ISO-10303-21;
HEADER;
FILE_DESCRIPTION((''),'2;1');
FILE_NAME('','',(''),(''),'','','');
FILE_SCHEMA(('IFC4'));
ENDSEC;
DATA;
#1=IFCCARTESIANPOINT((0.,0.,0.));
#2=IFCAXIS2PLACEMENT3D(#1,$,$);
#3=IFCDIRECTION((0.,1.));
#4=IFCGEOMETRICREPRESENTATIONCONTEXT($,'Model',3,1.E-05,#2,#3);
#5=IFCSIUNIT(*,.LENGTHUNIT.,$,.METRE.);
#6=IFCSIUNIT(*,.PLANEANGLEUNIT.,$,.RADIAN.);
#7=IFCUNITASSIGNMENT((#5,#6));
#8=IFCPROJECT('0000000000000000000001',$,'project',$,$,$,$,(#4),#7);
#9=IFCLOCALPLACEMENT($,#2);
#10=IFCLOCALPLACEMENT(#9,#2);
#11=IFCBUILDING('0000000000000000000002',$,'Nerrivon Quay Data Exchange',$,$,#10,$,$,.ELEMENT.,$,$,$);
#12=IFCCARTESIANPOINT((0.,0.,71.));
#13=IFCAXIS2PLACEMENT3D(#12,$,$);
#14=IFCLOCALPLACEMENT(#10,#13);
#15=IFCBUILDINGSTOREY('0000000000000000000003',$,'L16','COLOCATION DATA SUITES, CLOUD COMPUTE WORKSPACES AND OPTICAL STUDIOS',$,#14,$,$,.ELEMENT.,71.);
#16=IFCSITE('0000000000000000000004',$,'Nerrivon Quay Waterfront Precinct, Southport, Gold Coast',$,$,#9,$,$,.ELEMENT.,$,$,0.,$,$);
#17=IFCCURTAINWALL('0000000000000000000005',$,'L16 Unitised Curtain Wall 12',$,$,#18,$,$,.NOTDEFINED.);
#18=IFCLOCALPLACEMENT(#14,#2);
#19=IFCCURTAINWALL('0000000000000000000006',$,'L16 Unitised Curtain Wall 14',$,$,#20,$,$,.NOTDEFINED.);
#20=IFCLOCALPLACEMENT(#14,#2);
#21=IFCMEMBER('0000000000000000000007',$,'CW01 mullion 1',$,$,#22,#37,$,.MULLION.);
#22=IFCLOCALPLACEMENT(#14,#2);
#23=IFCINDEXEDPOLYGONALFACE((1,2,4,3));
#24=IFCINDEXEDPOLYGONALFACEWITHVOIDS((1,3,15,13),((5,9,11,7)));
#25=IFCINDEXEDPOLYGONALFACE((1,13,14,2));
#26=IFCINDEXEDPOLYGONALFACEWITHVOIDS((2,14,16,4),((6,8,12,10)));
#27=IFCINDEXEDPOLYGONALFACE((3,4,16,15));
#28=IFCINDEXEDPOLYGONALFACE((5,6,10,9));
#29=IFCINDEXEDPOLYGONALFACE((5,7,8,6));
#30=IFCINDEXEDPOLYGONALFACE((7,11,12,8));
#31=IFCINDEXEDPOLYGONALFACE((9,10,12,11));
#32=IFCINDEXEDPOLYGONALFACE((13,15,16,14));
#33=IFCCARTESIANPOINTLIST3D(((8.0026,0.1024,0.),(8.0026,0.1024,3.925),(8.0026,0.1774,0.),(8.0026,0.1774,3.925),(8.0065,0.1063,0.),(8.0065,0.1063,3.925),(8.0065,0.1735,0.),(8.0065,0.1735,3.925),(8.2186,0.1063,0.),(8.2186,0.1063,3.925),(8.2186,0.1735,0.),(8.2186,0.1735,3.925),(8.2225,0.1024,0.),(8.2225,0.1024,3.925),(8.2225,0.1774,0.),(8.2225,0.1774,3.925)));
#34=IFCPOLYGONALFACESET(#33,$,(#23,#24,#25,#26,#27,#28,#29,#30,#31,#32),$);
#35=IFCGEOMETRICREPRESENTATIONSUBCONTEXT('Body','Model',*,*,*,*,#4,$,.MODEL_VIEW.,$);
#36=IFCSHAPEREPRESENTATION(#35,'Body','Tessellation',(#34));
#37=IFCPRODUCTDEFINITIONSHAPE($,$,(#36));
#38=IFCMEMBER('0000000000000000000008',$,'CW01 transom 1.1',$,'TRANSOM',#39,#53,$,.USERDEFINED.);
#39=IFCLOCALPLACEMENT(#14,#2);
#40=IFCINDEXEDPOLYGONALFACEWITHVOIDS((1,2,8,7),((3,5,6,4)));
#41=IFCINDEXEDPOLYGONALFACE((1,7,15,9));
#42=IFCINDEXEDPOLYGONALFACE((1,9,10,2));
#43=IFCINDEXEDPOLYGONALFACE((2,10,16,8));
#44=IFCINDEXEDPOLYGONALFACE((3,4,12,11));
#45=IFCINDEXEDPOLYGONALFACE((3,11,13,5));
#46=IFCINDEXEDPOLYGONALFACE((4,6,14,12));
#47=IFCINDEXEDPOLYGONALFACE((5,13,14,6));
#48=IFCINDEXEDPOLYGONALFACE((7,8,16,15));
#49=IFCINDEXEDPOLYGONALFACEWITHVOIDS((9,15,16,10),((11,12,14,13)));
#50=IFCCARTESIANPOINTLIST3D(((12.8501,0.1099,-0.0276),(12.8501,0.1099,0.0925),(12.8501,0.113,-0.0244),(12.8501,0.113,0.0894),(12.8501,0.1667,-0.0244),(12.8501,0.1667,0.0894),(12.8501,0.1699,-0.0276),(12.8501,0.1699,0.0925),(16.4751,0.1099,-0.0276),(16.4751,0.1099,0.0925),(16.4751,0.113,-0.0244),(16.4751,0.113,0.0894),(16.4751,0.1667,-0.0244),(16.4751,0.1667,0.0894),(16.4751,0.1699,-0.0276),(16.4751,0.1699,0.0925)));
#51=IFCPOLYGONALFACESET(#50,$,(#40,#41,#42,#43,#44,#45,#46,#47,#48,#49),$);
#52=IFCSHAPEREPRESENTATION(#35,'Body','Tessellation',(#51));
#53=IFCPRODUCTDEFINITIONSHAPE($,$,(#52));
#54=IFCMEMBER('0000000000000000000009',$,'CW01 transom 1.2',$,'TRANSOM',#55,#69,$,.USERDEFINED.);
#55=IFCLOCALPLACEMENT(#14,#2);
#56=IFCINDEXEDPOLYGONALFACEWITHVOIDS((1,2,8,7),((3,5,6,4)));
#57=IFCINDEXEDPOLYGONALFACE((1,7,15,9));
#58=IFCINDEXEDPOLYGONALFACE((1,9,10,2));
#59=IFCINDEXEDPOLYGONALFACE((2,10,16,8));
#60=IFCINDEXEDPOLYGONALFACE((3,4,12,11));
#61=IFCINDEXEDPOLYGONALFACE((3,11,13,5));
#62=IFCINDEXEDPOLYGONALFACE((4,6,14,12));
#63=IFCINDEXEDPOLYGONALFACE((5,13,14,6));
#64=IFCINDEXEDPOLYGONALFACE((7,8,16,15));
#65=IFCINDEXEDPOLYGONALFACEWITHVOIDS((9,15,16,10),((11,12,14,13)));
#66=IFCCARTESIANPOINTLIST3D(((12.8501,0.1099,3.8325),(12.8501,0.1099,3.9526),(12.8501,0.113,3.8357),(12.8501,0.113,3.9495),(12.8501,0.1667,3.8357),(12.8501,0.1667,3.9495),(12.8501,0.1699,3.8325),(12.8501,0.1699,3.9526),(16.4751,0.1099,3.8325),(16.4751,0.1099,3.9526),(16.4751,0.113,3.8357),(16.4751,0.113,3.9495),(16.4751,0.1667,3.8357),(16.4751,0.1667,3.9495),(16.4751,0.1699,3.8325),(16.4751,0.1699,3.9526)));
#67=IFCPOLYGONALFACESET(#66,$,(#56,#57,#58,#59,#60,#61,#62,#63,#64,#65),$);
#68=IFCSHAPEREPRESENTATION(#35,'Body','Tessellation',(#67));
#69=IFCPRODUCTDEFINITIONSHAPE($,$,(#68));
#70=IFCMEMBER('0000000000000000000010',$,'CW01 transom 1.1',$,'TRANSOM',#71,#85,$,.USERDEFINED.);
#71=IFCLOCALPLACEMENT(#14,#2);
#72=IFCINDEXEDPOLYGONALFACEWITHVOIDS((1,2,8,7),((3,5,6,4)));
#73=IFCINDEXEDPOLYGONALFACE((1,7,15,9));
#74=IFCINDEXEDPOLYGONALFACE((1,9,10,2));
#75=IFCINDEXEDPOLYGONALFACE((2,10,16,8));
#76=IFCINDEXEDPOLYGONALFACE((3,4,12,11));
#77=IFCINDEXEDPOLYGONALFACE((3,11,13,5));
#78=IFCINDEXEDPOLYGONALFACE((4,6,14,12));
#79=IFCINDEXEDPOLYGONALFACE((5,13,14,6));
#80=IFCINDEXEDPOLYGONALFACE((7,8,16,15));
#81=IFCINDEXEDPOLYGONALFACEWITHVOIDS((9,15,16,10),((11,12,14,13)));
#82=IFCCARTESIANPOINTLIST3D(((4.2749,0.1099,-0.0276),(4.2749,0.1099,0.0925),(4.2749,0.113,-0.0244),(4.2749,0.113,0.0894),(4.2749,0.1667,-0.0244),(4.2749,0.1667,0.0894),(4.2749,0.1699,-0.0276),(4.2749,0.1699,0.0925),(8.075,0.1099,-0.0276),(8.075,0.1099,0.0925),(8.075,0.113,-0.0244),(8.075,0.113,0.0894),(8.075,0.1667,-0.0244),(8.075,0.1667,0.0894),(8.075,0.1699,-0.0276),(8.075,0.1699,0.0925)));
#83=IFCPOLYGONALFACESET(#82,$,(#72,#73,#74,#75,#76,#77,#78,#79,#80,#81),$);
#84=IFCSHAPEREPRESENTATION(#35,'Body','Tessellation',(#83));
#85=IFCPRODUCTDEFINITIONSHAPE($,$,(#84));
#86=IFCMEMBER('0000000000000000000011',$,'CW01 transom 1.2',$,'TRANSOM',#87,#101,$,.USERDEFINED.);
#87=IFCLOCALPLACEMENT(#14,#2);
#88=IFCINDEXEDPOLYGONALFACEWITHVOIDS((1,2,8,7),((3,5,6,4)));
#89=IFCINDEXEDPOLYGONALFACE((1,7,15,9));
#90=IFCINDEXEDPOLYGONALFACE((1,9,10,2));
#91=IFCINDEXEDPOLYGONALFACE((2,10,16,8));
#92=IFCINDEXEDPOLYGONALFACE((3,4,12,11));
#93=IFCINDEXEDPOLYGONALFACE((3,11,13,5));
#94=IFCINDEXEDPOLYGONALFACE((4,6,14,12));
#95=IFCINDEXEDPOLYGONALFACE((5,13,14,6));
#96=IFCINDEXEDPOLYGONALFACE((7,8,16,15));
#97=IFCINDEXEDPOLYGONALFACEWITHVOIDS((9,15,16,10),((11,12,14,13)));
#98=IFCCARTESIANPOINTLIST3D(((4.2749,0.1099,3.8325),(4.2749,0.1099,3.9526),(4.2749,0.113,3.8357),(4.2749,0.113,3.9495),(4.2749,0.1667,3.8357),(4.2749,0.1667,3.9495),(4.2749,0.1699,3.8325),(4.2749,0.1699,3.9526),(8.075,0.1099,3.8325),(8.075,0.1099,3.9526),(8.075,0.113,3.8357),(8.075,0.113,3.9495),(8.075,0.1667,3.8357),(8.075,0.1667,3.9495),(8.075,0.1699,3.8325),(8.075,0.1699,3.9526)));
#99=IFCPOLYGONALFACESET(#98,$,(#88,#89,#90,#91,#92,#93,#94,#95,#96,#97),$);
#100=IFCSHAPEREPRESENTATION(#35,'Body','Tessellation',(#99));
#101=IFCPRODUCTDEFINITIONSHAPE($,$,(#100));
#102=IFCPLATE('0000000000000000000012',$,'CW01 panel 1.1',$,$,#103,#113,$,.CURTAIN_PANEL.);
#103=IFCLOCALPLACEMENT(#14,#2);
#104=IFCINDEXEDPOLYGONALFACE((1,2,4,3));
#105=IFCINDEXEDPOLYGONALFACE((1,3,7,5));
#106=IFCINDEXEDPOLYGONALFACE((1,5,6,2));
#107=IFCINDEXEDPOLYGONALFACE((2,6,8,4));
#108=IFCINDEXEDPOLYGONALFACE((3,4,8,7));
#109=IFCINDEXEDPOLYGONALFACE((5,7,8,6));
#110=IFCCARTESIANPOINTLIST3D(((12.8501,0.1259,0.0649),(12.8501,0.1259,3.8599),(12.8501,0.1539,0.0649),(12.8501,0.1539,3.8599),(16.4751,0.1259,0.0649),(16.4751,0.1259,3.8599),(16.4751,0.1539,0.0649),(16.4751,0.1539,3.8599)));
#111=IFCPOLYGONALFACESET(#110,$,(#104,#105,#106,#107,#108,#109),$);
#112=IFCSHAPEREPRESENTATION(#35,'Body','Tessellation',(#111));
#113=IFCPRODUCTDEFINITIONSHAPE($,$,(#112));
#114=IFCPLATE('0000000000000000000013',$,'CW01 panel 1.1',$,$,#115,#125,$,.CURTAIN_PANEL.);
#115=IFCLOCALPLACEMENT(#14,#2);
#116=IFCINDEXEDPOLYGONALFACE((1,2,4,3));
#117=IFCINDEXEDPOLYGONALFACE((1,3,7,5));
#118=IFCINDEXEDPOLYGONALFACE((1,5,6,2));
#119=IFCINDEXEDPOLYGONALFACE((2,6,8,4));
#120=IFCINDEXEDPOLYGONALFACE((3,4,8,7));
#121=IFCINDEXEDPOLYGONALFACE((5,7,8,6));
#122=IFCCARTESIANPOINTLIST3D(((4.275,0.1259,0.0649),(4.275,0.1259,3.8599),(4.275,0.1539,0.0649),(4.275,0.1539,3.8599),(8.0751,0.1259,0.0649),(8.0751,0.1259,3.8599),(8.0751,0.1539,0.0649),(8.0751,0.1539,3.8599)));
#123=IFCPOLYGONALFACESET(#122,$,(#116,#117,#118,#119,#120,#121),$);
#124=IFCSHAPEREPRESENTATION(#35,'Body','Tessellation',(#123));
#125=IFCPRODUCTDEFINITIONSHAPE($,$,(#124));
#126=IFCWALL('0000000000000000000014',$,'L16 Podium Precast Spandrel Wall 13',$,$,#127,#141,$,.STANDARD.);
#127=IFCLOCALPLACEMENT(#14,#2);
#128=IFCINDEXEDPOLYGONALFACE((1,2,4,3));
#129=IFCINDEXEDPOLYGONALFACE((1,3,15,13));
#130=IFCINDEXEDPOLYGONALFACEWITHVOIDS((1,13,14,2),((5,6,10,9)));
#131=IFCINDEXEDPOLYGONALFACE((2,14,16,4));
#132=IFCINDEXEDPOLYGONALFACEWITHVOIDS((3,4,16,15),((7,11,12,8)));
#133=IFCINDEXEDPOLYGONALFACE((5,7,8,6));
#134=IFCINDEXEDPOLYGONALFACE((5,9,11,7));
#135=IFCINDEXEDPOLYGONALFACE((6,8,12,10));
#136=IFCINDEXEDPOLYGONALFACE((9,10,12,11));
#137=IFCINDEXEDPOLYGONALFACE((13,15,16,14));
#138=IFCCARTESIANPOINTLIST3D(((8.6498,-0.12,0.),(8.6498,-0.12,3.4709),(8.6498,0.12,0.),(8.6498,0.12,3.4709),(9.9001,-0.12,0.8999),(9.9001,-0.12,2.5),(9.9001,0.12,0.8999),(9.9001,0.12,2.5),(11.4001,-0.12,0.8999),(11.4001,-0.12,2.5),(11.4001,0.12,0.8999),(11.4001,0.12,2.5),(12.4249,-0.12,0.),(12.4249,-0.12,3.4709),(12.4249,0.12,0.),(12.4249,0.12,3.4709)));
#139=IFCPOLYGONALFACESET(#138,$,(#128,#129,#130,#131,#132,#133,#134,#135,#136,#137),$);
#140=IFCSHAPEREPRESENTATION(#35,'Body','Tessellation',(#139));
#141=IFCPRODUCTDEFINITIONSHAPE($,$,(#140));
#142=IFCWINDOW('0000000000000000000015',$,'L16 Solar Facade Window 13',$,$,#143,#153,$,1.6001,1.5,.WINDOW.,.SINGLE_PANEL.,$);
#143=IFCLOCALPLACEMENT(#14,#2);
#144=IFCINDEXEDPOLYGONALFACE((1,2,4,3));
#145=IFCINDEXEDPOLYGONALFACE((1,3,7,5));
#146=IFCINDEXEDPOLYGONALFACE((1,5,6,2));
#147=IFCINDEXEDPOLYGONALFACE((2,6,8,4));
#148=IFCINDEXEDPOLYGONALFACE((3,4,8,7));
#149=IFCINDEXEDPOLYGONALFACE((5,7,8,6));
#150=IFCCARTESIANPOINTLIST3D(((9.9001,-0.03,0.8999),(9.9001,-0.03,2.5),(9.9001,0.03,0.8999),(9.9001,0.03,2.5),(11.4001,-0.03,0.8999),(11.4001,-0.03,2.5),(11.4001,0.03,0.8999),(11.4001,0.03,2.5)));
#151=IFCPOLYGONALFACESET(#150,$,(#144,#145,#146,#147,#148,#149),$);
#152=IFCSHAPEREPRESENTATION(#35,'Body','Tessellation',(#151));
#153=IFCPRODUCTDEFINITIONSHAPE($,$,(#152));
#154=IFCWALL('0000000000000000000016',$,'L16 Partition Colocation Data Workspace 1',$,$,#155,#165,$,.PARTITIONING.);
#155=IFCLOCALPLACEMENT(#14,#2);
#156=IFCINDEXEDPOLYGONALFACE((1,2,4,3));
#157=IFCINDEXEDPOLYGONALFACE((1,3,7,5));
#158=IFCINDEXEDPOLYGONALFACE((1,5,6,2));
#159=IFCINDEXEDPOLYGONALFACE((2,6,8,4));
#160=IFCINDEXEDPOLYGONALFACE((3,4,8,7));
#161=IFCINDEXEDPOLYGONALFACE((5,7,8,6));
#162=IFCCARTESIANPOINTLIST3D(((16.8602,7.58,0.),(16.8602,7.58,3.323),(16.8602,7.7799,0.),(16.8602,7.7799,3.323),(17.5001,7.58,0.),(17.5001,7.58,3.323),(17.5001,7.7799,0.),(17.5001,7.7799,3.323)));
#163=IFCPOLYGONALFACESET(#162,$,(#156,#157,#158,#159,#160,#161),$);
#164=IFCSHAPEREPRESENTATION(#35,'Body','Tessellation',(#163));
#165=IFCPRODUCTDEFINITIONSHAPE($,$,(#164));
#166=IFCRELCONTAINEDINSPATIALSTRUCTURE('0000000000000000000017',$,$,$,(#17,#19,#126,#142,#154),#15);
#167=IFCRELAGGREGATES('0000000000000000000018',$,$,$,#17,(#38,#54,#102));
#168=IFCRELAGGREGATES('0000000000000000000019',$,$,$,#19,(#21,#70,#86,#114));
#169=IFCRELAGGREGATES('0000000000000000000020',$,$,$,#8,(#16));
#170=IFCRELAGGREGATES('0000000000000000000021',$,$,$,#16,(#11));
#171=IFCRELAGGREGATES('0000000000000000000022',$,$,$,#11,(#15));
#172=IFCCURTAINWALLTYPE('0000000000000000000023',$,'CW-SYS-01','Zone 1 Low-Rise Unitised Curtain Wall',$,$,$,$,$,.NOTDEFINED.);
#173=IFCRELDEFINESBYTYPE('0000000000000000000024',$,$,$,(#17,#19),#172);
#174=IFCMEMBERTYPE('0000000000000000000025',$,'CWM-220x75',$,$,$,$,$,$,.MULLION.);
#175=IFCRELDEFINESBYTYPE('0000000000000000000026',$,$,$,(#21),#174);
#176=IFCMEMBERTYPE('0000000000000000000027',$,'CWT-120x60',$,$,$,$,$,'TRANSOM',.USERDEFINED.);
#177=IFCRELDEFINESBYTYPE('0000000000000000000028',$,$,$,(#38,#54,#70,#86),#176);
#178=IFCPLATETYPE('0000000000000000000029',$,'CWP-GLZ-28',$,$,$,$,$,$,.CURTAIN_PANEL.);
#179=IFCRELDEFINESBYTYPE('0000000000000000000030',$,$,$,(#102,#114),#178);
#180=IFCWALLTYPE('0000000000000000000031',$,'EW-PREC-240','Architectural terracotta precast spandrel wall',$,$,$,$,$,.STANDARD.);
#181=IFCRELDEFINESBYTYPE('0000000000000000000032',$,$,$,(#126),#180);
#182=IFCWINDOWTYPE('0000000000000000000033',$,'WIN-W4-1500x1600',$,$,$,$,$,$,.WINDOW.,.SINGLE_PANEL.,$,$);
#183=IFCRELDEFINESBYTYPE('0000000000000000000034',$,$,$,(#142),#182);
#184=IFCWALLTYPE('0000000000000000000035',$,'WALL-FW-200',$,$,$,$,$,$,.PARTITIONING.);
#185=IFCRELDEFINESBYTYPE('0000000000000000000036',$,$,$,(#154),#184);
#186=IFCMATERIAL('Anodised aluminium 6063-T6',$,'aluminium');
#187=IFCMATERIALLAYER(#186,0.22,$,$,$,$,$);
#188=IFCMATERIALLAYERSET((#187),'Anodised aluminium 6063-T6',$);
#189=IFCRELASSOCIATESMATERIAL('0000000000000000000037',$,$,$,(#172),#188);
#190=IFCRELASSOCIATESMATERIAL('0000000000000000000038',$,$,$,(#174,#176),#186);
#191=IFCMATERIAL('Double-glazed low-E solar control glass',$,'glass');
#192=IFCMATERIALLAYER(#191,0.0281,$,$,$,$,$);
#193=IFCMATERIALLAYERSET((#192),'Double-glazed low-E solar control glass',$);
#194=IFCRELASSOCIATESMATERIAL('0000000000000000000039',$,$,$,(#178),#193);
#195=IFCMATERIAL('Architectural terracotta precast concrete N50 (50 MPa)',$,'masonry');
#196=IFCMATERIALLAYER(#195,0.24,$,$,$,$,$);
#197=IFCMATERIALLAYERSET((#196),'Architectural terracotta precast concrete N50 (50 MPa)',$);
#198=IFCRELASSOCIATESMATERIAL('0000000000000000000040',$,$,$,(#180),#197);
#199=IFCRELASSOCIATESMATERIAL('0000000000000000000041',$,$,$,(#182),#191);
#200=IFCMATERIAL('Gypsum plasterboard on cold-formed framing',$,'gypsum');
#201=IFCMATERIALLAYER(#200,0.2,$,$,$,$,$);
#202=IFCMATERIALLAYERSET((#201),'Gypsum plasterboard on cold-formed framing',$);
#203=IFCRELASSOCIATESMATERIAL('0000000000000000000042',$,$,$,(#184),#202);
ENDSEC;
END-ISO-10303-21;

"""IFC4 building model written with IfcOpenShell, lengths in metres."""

from ifc_helpers import new_model, si_unit, direction, frame, frame_2d, origin, origin_2d, place, context, subcontext, project, spatial, rectangle, hollow_rectangle, extrude, material, layer, layer_set, material_profile, profile_set, type_object, element, fill, aggregate, save


model = new_model("IFC4")

# Units and contexts
model_context = context("Model", 3, precision=1e-05, world=origin(), true_north=direction((0.0, 1.0)))
body_context = subcontext(model_context, "Body", "Model", "MODEL_VIEW")
ifc_project = project(units=[si_unit("LENGTHUNIT", "METRE"), si_unit("PLANEANGLEUNIT", "RADIAN")], contexts=[model_context])

# Site, building, storey
site_placement = place(None, origin())
site = spatial("IfcSite", under=ifc_project, at=site_placement, Name="Nerrivon Quay Waterfront Precinct, Southport, Gold Coast", CompositionType="ELEMENT", RefElevation=0.0)
building_placement = place(site_placement, origin())
building = spatial("IfcBuilding", under=site, at=building_placement, Name="Nerrivon Quay Data Exchange", CompositionType="ELEMENT")
storey_placement = place(building_placement, frame((0.0, 0.0, 71.0)))
storey = spatial("IfcBuildingStorey", under=building, at=storey_placement, Name="L16", Description="COLOCATION DATA SUITES, CLOUD COMPUTE WORKSPACES AND OPTICAL STUDIOS", CompositionType="ELEMENT", Elevation=71.0)

# Curtain wall
ifc_material_1 = material(Name="Anodised aluminium 6063-T6", Category="aluminium")
ifc_layer_1 = layer(ifc_material_1, 0.22)
ifc_layer_set_1 = layer_set([ifc_layer_1], Name="Anodised aluminium 6063-T6")
curtain_wall_type = type_object("IfcCurtainWallType", Name="CW-SYS-01", Description="Zone 1 Low-Rise Unitised Curtain Wall", PredefinedType="NOTDEFINED", material=ifc_layer_set_1)
curtain_wall_1_placement = place(storey_placement, origin())
curtain_wall_1 = element("IfcCurtainWall", 1, at=curtain_wall_1_placement, inside=storey, type_object=curtain_wall_type, Name="L16 Unitised Curtain Wall 12", PredefinedType="NOTDEFINED")
ifc_material_profile_1 = material_profile(ifc_material_1, hollow_rectangle(XDim=0.075, YDim=0.22, WallThickness=0.0039, at=origin_2d()), Name="ALU-MULL-220x75")
ifc_profile_set_1 = profile_set([ifc_material_profile_1], Name="Anodised aluminium 6063-T6")
member_type_1 = type_object("IfcMemberType", Name="CWM-220x75", PredefinedType="MULLION", material=ifc_profile_set_1)

# Curtain wall, member
curtain_wall_2_placement = place(storey_placement, origin())
curtain_wall_2 = element("IfcCurtainWall", 2, at=curtain_wall_2_placement, inside=storey, type_object=curtain_wall_type, Name="L16 Unitised Curtain Wall 14", PredefinedType="NOTDEFINED")
member_1_placement = place(storey_placement, frame((8.1125, 0.1399, 0.0), z_axis=(0.0, 0.0, 1.0), x_axis=(0.0, -1.0, 0.0)))
member_1 = element("IfcMember", 3, at=member_1_placement, type_object=member_type_1, Name="CW01 mullion 1", PredefinedType="MULLION", context=body_context, shape_type="SweptSolid", body=[
    extrude(hollow_rectangle(XDim=0.075, YDim=0.22, WallThickness=0.0039, at=origin_2d()), origin(), (0.0, 0.0, 1.0), 3.925),
])

# Members
ifc_material_profile_2 = material_profile(ifc_material_1, hollow_rectangle(XDim=0.0601, YDim=0.1201, WallThickness=0.0032, at=origin_2d()), Name="ALU-TRAN-120x60")
ifc_profile_set_2 = profile_set([ifc_material_profile_2], Name="Anodised aluminium 6063-T6")
member_type_2 = type_object("IfcMemberType", Name="CWT-120x60", ElementType="TRANSOM", PredefinedType="USERDEFINED", material=ifc_profile_set_2)
member_2_placement = place(storey_placement, frame((16.4751, 0.1399, 0.0325), z_axis=(-1.0, 0.0, 0.0), x_axis=(0.0, -1.0, 0.0)))
member_2 = element("IfcMember", 4, at=member_2_placement, type_object=member_type_2, Name="CW01 transom 1.1", ObjectType="TRANSOM", PredefinedType="USERDEFINED", context=body_context, shape_type="SweptSolid", body=[
    extrude(hollow_rectangle(XDim=0.0601, YDim=0.1201, WallThickness=0.0032, at=origin_2d()), origin(), (0.0, 0.0, 1.0), 3.625),
])
member_3_placement = place(storey_placement, frame((16.4751, 0.1399, 3.8926), z_axis=(-1.0, 0.0, 0.0), x_axis=(0.0, -1.0, 0.0)))
member_3 = element("IfcMember", 5, at=member_3_placement, type_object=member_type_2, Name="CW01 transom 1.2", ObjectType="TRANSOM", PredefinedType="USERDEFINED", context=body_context, shape_type="SweptSolid", body=[
    extrude(hollow_rectangle(XDim=0.0601, YDim=0.1201, WallThickness=0.0032, at=origin_2d()), origin(), (0.0, 0.0, 1.0), 3.625),
])
member_4_placement = place(storey_placement, frame((8.075, 0.1399, 0.0325), z_axis=(-1.0, 0.0, 0.0), x_axis=(0.0, -1.0, 0.0)))
member_4 = element("IfcMember", 6, at=member_4_placement, type_object=member_type_2, Name="CW01 transom 1.1", ObjectType="TRANSOM", PredefinedType="USERDEFINED", context=body_context, shape_type="SweptSolid", body=[
    extrude(hollow_rectangle(XDim=0.0601, YDim=0.1201, WallThickness=0.0032, at=origin_2d()), origin(), (0.0, 0.0, 1.0), 3.8),
])
member_5_placement = place(storey_placement, frame((8.075, 0.1399, 3.8926), z_axis=(-1.0, 0.0, 0.0), x_axis=(0.0, -1.0, 0.0)))
member_5 = element("IfcMember", 7, at=member_5_placement, type_object=member_type_2, Name="CW01 transom 1.2", ObjectType="TRANSOM", PredefinedType="USERDEFINED", context=body_context, shape_type="SweptSolid", body=[
    extrude(hollow_rectangle(XDim=0.0601, YDim=0.1201, WallThickness=0.0032, at=origin_2d()), origin(), (0.0, 0.0, 1.0), 3.8),
])

# Plates
ifc_material_2 = material(Name="Double-glazed low-E solar control glass", Category="glass")
ifc_layer_2 = layer(ifc_material_2, 0.0281)
ifc_layer_set_2 = layer_set([ifc_layer_2], Name="Double-glazed low-E solar control glass")
plate_type = type_object("IfcPlateType", Name="CWP-GLZ-28", PredefinedType="CURTAIN_PANEL", material=ifc_layer_set_2)
plate_1_placement = place(storey_placement, frame((14.6626, 0.1399, 0.0649), z_axis=(0.0, 0.0, 1.0), x_axis=(-1.0, 0.0, 0.0)))
plate_1 = element("IfcPlate", 8, at=plate_1_placement, type_object=plate_type, Name="CW01 panel 1.1", PredefinedType="CURTAIN_PANEL", context=body_context, shape_type="SweptSolid", body=[
    extrude(rectangle(XDim=3.625, YDim=0.0281, at=origin_2d()), origin(), (0.0, 0.0, 1.0), 3.7949),
])
aggregate(curtain_wall_1, [member_2, member_3, plate_1])
plate_2_placement = place(storey_placement, frame((6.175, 0.1399, 0.0649), z_axis=(0.0, 0.0, 1.0), x_axis=(-1.0, 0.0, 0.0)))
plate_2 = element("IfcPlate", 9, at=plate_2_placement, type_object=plate_type, Name="CW01 panel 1.1", PredefinedType="CURTAIN_PANEL", context=body_context, shape_type="SweptSolid", body=[
    extrude(rectangle(XDim=3.8, YDim=0.0281, at=origin_2d()), origin(), (0.0, 0.0, 1.0), 3.7949),
])
aggregate(curtain_wall_2, [member_1, member_4, member_5, plate_2])

# Wall, opening, window
ifc_material_3 = material(Name="Architectural terracotta precast concrete N50 (50 MPa)", Category="masonry")
ifc_layer_3 = layer(ifc_material_3, 0.24)
ifc_layer_set_3 = layer_set([ifc_layer_3], Name="Architectural terracotta precast concrete N50 (50 MPa)")
wall_type_1 = type_object("IfcWallType", Name="EW-PREC-240", Description="Architectural terracotta precast spandrel wall", PredefinedType="STANDARD", material=ifc_layer_set_3)
wall_1_placement = place(storey_placement, frame((12.425, 0.0, 0.0), z_axis=(0.0, 0.0, 1.0), x_axis=(-1.0, 0.0, 0.0)))
wall_1 = element("IfcWall", 10, at=wall_1_placement, inside=storey, type_object=wall_type_1, Name="L16 Podium Precast Spandrel Wall 13", PredefinedType="STANDARD", context=body_context, shape_type="SweptSolid", body=[
    extrude(rectangle(XDim=3.7751, YDim=0.24, at=frame_2d((1.8877, 0.0))), origin(), (0.0, 0.0, 1.0), 3.4709),
])
opening_1_placement = place(wall_1_placement, frame((1.0249, 0.0, 0.8999)))
opening_1 = element("IfcOpeningElement", 11, at=opening_1_placement, cuts=wall_1, PredefinedType="OPENING", context=body_context, shape_type="SweptSolid", body=[
    extrude(rectangle(XDim=1.5, YDim=1.6001, at=frame_2d((0.75, 0.8))), frame((0.0, 0.1299, 0.0), z_axis=(0.0, -1.0, 0.0), x_axis=(1.0, 0.0, 0.0)), (0.0, 0.0, 1.0), 0.26),
])
window_type = type_object("IfcWindowType", Name="WIN-W4-1500x1600", PartitioningType="SINGLE_PANEL", PredefinedType="WINDOW", material=ifc_material_2)
window_placement = place(opening_1_placement, origin())
window = element("IfcWindow", 12, at=window_placement, inside=storey, type_object=window_type, Name="L16 Solar Facade Window 13", OverallHeight=1.6001, OverallWidth=1.5, PartitioningType="SINGLE_PANEL", PredefinedType="WINDOW", context=body_context, shape_type="SweptSolid", body=[
    extrude(rectangle(XDim=1.5, YDim=1.6001, at=frame_2d((0.75, 0.8))), frame((0.0, 0.03, 0.0), z_axis=(0.0, -1.0, 0.0), x_axis=(1.0, 0.0, 0.0)), (0.0, 0.0, 1.0), 0.0601),
])
fill(opening_1, window)

# Wall
ifc_material_4 = material(Name="Gypsum plasterboard on cold-formed framing", Category="gypsum")
ifc_layer_4 = layer(ifc_material_4, 0.2)
ifc_layer_set_4 = layer_set([ifc_layer_4], Name="Gypsum plasterboard on cold-formed framing")
wall_type_2 = type_object("IfcWallType", Name="WALL-FW-200", PredefinedType="PARTITIONING", material=ifc_layer_set_4)
wall_2_placement = place(storey_placement, frame((17.5, 7.6799, 0.0), z_axis=(0.0, 0.0, 1.0), x_axis=(-1.0, 0.0, 0.0)))
element("IfcWall", 13, at=wall_2_placement, inside=storey, type_object=wall_type_2, Name="L16 Partition Colocation Data Workspace 1", PredefinedType="PARTITIONING", context=body_context, shape_type="SweptSolid", body=[
    extrude(rectangle(XDim=0.6399, YDim=0.2, at=frame_2d((0.3198, 0.0))), origin(), (0.0, 0.0, 1.0), 3.323),
])

save(model, "model.ifc")
